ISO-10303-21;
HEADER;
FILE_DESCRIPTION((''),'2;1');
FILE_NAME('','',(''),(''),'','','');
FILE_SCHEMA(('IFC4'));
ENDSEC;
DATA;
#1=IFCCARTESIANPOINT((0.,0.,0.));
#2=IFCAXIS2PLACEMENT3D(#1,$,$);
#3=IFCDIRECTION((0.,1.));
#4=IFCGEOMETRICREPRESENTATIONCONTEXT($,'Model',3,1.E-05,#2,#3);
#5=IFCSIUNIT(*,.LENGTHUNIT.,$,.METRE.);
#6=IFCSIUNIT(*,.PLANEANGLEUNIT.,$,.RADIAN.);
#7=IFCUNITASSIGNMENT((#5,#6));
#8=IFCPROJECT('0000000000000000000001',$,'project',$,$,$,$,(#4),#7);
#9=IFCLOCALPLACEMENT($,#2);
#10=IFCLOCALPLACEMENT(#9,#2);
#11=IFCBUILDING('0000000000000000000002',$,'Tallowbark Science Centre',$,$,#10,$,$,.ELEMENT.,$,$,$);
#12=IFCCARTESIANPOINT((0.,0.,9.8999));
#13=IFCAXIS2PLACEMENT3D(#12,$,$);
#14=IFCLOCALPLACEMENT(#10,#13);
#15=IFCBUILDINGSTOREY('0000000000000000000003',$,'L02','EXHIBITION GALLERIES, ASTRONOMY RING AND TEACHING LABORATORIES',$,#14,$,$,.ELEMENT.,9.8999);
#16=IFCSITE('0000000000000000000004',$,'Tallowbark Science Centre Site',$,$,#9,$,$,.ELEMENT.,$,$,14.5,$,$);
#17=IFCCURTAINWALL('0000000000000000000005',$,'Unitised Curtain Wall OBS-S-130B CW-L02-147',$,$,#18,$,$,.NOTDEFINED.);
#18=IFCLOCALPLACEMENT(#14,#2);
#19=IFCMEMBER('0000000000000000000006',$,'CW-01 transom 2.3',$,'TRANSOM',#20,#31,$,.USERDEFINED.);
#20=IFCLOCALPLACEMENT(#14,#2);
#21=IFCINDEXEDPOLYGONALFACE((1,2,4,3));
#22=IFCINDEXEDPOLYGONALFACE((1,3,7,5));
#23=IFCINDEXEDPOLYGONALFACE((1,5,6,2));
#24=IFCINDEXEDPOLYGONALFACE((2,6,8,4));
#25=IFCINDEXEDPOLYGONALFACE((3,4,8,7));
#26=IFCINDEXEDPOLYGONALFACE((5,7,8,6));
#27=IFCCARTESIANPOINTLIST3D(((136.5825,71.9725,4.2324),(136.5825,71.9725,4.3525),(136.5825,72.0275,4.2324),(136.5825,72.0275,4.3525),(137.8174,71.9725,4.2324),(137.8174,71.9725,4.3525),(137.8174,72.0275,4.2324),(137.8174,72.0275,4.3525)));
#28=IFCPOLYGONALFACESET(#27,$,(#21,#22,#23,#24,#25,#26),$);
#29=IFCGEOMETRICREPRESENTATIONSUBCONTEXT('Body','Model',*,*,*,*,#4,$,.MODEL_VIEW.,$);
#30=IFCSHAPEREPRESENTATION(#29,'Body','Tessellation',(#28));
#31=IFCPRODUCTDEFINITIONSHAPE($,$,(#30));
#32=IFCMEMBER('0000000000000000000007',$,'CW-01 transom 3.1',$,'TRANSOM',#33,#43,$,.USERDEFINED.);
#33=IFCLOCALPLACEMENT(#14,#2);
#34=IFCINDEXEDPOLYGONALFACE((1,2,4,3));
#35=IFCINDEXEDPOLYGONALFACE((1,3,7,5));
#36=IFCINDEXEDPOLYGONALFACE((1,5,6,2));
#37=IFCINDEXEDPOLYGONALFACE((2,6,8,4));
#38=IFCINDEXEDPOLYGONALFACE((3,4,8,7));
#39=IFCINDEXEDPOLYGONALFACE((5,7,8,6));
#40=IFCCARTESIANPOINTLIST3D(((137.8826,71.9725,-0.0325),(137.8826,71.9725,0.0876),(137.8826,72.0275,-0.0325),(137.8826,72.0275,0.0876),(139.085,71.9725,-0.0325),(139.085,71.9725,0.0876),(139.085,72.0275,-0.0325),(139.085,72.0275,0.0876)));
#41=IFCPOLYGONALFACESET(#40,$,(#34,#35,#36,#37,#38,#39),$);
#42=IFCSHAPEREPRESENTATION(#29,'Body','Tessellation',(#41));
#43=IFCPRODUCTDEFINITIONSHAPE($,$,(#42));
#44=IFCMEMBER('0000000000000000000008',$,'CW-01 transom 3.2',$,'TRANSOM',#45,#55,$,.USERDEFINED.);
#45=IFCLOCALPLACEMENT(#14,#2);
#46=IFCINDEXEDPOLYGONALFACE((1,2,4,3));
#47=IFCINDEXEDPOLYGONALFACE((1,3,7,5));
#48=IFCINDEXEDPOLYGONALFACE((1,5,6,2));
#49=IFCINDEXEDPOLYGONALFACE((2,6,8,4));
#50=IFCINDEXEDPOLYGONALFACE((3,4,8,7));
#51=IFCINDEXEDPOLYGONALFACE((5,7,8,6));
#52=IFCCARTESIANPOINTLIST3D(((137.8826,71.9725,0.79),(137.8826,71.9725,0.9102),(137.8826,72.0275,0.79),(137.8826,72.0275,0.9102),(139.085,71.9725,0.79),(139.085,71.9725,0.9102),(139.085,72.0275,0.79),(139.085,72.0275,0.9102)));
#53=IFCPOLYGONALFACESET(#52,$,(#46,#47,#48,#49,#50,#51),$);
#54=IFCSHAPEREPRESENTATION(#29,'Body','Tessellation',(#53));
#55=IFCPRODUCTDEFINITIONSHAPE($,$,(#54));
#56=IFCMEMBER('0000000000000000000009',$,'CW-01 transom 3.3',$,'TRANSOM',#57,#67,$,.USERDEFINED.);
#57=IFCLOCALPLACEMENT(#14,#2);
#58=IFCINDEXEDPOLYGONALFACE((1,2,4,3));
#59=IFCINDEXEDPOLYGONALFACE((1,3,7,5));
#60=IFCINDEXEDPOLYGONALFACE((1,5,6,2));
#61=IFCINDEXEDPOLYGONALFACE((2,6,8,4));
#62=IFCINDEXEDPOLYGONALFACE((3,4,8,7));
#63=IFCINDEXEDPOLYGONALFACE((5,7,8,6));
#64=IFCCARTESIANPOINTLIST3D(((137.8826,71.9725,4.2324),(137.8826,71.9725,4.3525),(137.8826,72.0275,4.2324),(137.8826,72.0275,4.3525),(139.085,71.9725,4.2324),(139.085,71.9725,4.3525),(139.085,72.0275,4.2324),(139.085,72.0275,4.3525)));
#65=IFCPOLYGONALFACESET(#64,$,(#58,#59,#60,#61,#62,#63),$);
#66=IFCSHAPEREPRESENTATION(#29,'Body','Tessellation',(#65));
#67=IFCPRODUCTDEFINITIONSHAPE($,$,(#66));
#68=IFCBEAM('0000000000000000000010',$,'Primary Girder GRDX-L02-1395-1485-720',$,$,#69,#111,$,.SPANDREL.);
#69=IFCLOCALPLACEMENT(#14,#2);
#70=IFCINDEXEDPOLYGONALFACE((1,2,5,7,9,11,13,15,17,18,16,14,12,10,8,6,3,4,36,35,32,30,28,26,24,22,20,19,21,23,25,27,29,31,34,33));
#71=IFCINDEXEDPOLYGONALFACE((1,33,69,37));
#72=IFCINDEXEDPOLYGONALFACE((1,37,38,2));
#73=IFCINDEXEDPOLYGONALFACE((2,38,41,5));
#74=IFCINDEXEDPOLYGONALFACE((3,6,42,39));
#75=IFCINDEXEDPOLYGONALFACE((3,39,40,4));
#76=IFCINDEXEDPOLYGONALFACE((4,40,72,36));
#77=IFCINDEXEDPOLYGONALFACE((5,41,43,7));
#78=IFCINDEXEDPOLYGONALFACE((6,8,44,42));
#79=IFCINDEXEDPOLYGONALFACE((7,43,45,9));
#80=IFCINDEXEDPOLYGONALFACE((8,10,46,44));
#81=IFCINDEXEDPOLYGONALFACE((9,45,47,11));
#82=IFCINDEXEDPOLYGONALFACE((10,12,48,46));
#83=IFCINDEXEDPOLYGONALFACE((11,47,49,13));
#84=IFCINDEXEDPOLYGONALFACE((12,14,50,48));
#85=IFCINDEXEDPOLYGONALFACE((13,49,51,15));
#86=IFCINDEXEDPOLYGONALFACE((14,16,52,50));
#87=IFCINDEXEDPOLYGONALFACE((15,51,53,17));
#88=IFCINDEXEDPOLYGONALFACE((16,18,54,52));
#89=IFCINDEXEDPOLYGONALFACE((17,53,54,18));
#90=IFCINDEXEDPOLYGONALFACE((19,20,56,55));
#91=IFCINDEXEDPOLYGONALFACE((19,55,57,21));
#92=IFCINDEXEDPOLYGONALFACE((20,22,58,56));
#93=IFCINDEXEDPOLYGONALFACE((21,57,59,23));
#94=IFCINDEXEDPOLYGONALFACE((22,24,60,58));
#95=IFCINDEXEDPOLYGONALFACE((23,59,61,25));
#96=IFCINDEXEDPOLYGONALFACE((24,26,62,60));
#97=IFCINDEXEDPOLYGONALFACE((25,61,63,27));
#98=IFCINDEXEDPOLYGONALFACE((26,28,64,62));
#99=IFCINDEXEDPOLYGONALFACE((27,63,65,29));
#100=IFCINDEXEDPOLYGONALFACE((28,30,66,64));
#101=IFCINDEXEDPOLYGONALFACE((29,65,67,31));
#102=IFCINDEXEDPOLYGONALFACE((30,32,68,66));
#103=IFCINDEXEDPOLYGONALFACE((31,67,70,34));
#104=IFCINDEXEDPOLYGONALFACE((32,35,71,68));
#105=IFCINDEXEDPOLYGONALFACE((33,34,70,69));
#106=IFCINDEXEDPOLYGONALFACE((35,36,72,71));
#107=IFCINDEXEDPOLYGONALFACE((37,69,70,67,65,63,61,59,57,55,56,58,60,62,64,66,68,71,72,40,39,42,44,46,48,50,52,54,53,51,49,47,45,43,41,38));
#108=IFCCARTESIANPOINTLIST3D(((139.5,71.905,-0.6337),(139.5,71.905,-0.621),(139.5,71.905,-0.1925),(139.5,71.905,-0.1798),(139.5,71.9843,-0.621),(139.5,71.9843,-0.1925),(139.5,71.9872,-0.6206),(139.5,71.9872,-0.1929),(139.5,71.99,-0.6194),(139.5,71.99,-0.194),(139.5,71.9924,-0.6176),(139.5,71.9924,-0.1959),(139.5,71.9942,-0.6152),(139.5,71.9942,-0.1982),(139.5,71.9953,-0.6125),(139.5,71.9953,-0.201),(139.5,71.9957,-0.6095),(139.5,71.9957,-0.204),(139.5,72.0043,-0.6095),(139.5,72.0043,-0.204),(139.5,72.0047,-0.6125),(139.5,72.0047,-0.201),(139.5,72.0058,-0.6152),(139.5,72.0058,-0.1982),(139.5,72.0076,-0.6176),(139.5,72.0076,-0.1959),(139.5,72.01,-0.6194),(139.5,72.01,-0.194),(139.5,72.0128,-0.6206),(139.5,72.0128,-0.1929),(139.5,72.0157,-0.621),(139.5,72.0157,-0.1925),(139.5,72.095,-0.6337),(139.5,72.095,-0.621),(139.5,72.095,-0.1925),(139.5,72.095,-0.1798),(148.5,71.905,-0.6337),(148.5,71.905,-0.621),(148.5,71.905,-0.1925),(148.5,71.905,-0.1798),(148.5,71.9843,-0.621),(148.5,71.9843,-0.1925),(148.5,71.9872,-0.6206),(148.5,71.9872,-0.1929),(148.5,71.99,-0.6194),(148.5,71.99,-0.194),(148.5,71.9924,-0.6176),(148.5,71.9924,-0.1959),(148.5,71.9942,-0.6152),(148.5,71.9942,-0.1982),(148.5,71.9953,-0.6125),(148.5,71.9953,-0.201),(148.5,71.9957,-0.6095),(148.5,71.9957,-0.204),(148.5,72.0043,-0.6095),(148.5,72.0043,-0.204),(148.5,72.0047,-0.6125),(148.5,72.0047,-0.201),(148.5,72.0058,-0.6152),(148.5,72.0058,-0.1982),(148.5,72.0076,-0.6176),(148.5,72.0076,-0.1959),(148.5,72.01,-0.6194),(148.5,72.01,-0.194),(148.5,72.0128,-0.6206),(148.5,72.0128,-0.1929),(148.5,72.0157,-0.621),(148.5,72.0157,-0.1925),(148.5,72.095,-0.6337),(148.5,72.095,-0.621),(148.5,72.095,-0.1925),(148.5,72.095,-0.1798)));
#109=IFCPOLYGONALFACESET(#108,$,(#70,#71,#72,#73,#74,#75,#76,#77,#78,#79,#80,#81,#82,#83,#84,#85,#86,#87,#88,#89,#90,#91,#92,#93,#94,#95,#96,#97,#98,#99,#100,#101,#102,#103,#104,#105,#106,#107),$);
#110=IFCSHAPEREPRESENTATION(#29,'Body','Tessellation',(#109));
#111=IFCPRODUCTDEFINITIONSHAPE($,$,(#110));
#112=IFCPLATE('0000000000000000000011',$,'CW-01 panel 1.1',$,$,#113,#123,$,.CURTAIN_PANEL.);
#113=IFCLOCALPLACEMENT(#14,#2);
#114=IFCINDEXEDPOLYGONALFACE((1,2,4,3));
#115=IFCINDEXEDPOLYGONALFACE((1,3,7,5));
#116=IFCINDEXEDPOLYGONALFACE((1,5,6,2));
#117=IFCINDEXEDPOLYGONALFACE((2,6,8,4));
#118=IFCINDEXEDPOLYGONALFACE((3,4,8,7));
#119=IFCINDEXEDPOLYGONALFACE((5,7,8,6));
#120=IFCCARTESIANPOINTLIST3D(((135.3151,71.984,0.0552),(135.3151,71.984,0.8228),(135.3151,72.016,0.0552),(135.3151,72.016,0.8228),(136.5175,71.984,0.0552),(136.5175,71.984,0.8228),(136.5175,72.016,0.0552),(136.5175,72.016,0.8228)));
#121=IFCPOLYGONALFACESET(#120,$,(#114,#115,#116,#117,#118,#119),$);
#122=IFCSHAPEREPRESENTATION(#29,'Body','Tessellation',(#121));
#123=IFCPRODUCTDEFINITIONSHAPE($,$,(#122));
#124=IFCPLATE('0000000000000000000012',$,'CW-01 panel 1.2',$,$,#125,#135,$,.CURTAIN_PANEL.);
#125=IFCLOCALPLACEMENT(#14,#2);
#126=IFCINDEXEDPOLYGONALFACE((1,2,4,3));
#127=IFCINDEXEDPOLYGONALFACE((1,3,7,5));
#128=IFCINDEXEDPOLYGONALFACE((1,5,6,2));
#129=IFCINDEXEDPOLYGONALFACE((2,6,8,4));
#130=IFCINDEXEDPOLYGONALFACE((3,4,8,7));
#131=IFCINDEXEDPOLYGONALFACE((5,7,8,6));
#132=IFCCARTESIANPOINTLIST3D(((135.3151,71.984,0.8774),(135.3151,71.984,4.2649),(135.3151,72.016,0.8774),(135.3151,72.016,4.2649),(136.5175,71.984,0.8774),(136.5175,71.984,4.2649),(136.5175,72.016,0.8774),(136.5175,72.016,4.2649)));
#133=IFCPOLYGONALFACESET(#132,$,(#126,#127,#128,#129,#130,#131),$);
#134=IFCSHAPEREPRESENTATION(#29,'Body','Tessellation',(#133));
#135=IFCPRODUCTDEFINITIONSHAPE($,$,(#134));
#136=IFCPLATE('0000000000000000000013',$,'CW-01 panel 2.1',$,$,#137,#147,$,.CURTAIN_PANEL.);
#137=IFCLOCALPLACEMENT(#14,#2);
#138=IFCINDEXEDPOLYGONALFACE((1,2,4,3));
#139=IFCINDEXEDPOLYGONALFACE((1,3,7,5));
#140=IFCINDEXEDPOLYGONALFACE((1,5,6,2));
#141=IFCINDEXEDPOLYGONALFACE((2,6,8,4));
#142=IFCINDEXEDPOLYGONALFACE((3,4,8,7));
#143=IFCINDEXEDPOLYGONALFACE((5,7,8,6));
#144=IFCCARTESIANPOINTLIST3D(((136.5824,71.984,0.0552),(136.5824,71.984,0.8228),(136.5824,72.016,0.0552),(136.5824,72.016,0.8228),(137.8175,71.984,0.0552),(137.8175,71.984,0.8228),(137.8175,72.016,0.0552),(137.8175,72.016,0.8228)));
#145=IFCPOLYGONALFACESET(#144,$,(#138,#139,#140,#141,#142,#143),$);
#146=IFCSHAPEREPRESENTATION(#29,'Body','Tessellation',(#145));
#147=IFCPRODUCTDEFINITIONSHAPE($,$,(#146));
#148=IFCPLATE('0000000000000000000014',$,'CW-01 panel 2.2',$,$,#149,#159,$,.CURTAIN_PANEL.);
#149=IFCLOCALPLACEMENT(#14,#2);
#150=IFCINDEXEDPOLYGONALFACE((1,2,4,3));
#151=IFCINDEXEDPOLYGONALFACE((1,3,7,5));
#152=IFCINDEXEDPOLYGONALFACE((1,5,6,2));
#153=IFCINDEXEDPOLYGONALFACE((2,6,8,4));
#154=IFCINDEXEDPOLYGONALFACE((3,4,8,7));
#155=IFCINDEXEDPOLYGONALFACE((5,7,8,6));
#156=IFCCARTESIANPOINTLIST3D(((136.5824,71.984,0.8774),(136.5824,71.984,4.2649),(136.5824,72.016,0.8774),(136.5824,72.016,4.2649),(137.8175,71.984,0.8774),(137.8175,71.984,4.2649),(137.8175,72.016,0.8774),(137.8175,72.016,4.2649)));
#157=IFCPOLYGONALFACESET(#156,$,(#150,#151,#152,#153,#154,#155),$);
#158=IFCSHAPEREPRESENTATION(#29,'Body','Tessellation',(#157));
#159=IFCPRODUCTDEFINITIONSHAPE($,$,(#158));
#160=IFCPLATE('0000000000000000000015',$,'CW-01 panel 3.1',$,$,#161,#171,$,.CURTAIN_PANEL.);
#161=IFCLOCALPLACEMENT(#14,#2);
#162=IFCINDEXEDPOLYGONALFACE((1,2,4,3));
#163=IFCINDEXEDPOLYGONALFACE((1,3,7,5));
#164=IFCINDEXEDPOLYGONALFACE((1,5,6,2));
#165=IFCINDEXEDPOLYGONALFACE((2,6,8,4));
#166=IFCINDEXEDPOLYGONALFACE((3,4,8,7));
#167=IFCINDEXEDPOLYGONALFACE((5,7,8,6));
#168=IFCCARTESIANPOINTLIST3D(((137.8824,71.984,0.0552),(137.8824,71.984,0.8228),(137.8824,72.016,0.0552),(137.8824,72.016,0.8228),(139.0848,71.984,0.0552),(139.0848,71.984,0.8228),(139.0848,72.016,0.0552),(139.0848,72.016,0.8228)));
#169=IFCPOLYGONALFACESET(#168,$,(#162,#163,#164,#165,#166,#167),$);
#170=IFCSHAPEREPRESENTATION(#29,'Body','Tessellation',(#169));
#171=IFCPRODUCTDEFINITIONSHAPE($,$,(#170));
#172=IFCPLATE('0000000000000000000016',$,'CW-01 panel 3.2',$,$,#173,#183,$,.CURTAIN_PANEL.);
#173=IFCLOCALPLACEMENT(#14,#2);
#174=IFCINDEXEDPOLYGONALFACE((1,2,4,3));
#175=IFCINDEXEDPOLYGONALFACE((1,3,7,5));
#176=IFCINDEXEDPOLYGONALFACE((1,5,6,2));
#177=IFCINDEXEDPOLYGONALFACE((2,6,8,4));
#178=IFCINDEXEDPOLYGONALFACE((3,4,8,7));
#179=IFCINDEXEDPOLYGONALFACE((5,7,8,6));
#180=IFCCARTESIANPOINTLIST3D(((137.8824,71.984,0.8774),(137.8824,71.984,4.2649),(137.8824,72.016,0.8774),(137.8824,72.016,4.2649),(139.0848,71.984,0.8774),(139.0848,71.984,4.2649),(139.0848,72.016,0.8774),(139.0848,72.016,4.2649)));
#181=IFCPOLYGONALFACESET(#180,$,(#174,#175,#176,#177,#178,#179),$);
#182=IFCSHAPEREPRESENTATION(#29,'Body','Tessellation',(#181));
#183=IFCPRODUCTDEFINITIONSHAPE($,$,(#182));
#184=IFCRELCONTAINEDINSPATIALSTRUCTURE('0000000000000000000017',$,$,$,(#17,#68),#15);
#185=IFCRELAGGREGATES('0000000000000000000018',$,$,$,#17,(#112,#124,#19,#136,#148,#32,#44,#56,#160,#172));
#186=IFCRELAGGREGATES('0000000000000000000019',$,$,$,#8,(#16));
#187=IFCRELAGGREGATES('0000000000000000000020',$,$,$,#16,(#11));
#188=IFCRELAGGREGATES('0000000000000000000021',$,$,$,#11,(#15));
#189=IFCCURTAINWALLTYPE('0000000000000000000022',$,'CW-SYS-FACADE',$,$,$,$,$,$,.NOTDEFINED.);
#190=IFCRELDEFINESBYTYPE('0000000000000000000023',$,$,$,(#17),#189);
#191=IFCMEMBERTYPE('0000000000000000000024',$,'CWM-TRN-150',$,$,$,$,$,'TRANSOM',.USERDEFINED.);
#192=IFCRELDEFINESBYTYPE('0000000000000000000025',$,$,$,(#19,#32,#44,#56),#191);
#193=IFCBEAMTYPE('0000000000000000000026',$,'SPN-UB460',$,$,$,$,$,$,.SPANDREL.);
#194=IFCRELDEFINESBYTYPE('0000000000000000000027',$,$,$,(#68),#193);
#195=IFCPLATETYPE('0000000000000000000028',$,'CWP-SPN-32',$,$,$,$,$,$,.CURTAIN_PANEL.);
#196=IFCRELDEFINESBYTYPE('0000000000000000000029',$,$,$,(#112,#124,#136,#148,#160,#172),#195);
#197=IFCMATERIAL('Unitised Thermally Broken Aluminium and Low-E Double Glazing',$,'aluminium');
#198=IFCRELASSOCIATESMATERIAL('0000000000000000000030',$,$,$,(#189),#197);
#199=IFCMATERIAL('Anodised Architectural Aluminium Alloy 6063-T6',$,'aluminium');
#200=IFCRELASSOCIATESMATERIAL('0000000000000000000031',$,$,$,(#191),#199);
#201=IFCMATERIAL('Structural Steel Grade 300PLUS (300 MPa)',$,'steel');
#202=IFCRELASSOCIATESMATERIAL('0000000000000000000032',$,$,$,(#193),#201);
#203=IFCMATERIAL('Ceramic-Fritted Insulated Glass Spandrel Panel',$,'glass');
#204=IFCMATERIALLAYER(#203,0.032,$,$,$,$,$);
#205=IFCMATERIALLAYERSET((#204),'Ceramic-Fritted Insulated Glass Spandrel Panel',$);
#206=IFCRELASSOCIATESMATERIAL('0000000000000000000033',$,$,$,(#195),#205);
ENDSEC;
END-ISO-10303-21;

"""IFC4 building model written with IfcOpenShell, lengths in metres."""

from ifc_helpers import new_model, si_unit, direction, frame, origin, origin_2d, place, context, subcontext, project, spatial, rectangle, i_section, extrude, material, layer, layer_set, material_profile, profile_set, type_object, element, aggregate, save


model = new_model("IFC4")

# Units and contexts
model_context = context("Model", 3, precision=1e-05, world=origin(), true_north=direction((0.0, 1.0)))
body_context = subcontext(model_context, "Body", "Model", "MODEL_VIEW")
ifc_project = project(units=[si_unit("LENGTHUNIT", "METRE"), si_unit("PLANEANGLEUNIT", "RADIAN")], contexts=[model_context])

# Site, building, storey
site_placement = place(None, origin())
site = spatial("IfcSite", under=ifc_project, at=site_placement, Name="Tallowbark Science Centre Site", CompositionType="ELEMENT", RefElevation=14.5)
building_placement = place(site_placement, origin())
building = spatial("IfcBuilding", under=site, at=building_placement, Name="Tallowbark Science Centre", CompositionType="ELEMENT")
storey_placement = place(building_placement, frame((0.0, 0.0, 9.8999)))
storey = spatial("IfcBuildingStorey", under=building, at=storey_placement, Name="L02", Description="EXHIBITION GALLERIES, ASTRONOMY RING AND TEACHING LABORATORIES", CompositionType="ELEMENT", Elevation=9.8999)

# Shared definitions
ifc_material_1 = material(Name="Structural Steel Grade 300PLUS (300 MPa)", Category="steel")

# Curtain wall
ifc_material_2 = material(Name="Unitised Thermally Broken Aluminium and Low-E Double Glazing", Category="aluminium")
curtain_wall_type = type_object("IfcCurtainWallType", Name="CW-SYS-FACADE", PredefinedType="NOTDEFINED", material=ifc_material_2)
curtain_wall_1_placement = place(storey_placement, origin())
curtain_wall_1 = element("IfcCurtainWall", 1, at=curtain_wall_1_placement, inside=storey, type_object=curtain_wall_type, Name="Unitised Curtain Wall OBS-S-130B CW-L02-147", PredefinedType="NOTDEFINED")
ifc_material_3 = material(Name="Anodised Architectural Aluminium Alloy 6063-T6", Category="aluminium")

# Members
ifc_material_profile_1 = material_profile(ifc_material_3, rectangle(XDim=0.0549, YDim=0.1201, at=origin_2d()), Name="ALU55x120")
ifc_profile_set_1 = profile_set([ifc_material_profile_1], Name="Anodised Architectural Aluminium Alloy 6063-T6")
member_type_1 = type_object("IfcMemberType", Name="CWM-TRN-150", ElementType="TRANSOM", PredefinedType="USERDEFINED", material=ifc_profile_set_1)
member_1_placement = place(storey_placement, frame((136.5825, 72.0, 4.2925), z_axis=(1.0, 0.0, 0.0), x_axis=(0.0, 1.0, 0.0)))
member_1 = element("IfcMember", 2, at=member_1_placement, type_object=member_type_1, Name="CW-01 transom 2.3", ObjectType="TRANSOM", PredefinedType="USERDEFINED", context=body_context, shape_type="SweptSolid", body=[
    extrude(rectangle(XDim=0.0549, YDim=0.1201, at=origin_2d()), origin(), (0.0, 0.0, 1.0), 1.2349),
])
member_2_placement = place(storey_placement, frame((137.8826, 72.0, 0.0276), z_axis=(1.0, 0.0, 0.0), x_axis=(0.0, 1.0, 0.0)))
member_2 = element("IfcMember", 3, at=member_2_placement, type_object=member_type_1, Name="CW-01 transom 3.1", ObjectType="TRANSOM", PredefinedType="USERDEFINED", context=body_context, shape_type="SweptSolid", body=[
    extrude(rectangle(XDim=0.0549, YDim=0.1201, at=origin_2d()), origin(), (0.0, 0.0, 1.0), 1.2024),
])
member_3_placement = place(storey_placement, frame((137.8826, 72.0, 0.8501), z_axis=(1.0, 0.0, 0.0), x_axis=(0.0, 1.0, 0.0)))
member_3 = element("IfcMember", 4, at=member_3_placement, type_object=member_type_1, Name="CW-01 transom 3.2", ObjectType="TRANSOM", PredefinedType="USERDEFINED", context=body_context, shape_type="SweptSolid", body=[
    extrude(rectangle(XDim=0.0549, YDim=0.1201, at=origin_2d()), origin(), (0.0, 0.0, 1.0), 1.2024),
])
member_4_placement = place(storey_placement, frame((137.8826, 72.0, 4.2925), z_axis=(1.0, 0.0, 0.0), x_axis=(0.0, 1.0, 0.0)))
member_4 = element("IfcMember", 5, at=member_4_placement, type_object=member_type_1, Name="CW-01 transom 3.3", ObjectType="TRANSOM", PredefinedType="USERDEFINED", context=body_context, shape_type="SweptSolid", body=[
    extrude(rectangle(XDim=0.0549, YDim=0.1201, at=origin_2d()), origin(), (0.0, 0.0, 1.0), 1.2024),
])

# Beam
ifc_material_profile_2 = material_profile(ifc_material_1, i_section(OverallWidth=0.1899, OverallDepth=0.4539, WebThickness=0.0085, FlangeThickness=0.0127, FilletRadius=0.0115, at=origin_2d()), Name="460UB67.1")
ifc_profile_set_2 = profile_set([ifc_material_profile_2], Name="Structural Steel Grade 300PLUS (300 MPa)")
beam_type_1 = type_object("IfcBeamType", Name="SPN-UB460", PredefinedType="SPANDREL", material=ifc_profile_set_2)
beam_1_placement = place(storey_placement, frame((139.5, 72.0, -0.4067), z_axis=(1.0, 0.0, 0.0), x_axis=(0.0, 1.0, 0.0)))
element("IfcBeam", 6, at=beam_1_placement, inside=storey, type_object=beam_type_1, Name="Primary Girder GRDX-L02-1395-1485-720", PredefinedType="SPANDREL", context=body_context, shape_type="SweptSolid", body=[
    extrude(i_section(OverallWidth=0.1899, OverallDepth=0.4539, WebThickness=0.0085, FlangeThickness=0.0127, FilletRadius=0.0115, at=origin_2d()), origin(), (0.0, 0.0, 1.0), 9.0),
])

# Plates
ifc_material_4 = material(Name="Ceramic-Fritted Insulated Glass Spandrel Panel", Category="glass")
ifc_layer_1 = layer(ifc_material_4, 0.032)
ifc_layer_set_1 = layer_set([ifc_layer_1], Name="Ceramic-Fritted Insulated Glass Spandrel Panel")
plate_type = type_object("IfcPlateType", Name="CWP-SPN-32", PredefinedType="CURTAIN_PANEL", material=ifc_layer_set_1)
plate_1_placement = place(storey_placement, frame((135.9163, 72.0, 0.0552), z_axis=(0.0, 0.0, 1.0), x_axis=(1.0, 0.0, 0.0)))
plate_1 = element("IfcPlate", 7, at=plate_1_placement, type_object=plate_type, Name="CW-01 panel 1.1", PredefinedType="CURTAIN_PANEL", context=body_context, shape_type="SweptSolid", body=[
    extrude(rectangle(XDim=1.2024, YDim=0.032, at=origin_2d()), origin(), (0.0, 0.0, 1.0), 0.7676),
])
plate_2_placement = place(storey_placement, frame((135.9163, 72.0, 0.8774), z_axis=(0.0, 0.0, 1.0), x_axis=(1.0, 0.0, 0.0)))
plate_2 = element("IfcPlate", 8, at=plate_2_placement, type_object=plate_type, Name="CW-01 panel 1.2", PredefinedType="CURTAIN_PANEL", context=body_context, shape_type="SweptSolid", body=[
    extrude(rectangle(XDim=1.2024, YDim=0.032, at=origin_2d()), origin(), (0.0, 0.0, 1.0), 3.3875),
])
plate_3_placement = place(storey_placement, frame((137.2, 72.0, 0.0552), z_axis=(0.0, 0.0, 1.0), x_axis=(1.0, 0.0, 0.0)))
plate_3 = element("IfcPlate", 9, at=plate_3_placement, type_object=plate_type, Name="CW-01 panel 2.1", PredefinedType="CURTAIN_PANEL", context=body_context, shape_type="SweptSolid", body=[
    extrude(rectangle(XDim=1.2351, YDim=0.032, at=origin_2d()), origin(), (0.0, 0.0, 1.0), 0.7676),
])
plate_4_placement = place(storey_placement, frame((137.2, 72.0, 0.8774), z_axis=(0.0, 0.0, 1.0), x_axis=(1.0, 0.0, 0.0)))
plate_4 = element("IfcPlate", 10, at=plate_4_placement, type_object=plate_type, Name="CW-01 panel 2.2", PredefinedType="CURTAIN_PANEL", context=body_context, shape_type="SweptSolid", body=[
    extrude(rectangle(XDim=1.2351, YDim=0.032, at=origin_2d()), origin(), (0.0, 0.0, 1.0), 3.3875),
])
plate_5_placement = place(storey_placement, frame((138.4836, 72.0, 0.0552), z_axis=(0.0, 0.0, 1.0), x_axis=(1.0, 0.0, 0.0)))
plate_5 = element("IfcPlate", 11, at=plate_5_placement, type_object=plate_type, Name="CW-01 panel 3.1", PredefinedType="CURTAIN_PANEL", context=body_context, shape_type="SweptSolid", body=[
    extrude(rectangle(XDim=1.2024, YDim=0.032, at=origin_2d()), origin(), (0.0, 0.0, 1.0), 0.7676),
])
plate_6_placement = place(storey_placement, frame((138.4836, 72.0, 0.8774), z_axis=(0.0, 0.0, 1.0), x_axis=(1.0, 0.0, 0.0)))
plate_6 = element("IfcPlate", 12, at=plate_6_placement, type_object=plate_type, Name="CW-01 panel 3.2", PredefinedType="CURTAIN_PANEL", context=body_context, shape_type="SweptSolid", body=[
    extrude(rectangle(XDim=1.2024, YDim=0.032, at=origin_2d()), origin(), (0.0, 0.0, 1.0), 3.3875),
])
aggregate(curtain_wall_1, [plate_1, plate_2, member_1, plate_3, plate_4, member_2, member_3, member_4, plate_5, plate_6])

save(model, "model.ifc")
